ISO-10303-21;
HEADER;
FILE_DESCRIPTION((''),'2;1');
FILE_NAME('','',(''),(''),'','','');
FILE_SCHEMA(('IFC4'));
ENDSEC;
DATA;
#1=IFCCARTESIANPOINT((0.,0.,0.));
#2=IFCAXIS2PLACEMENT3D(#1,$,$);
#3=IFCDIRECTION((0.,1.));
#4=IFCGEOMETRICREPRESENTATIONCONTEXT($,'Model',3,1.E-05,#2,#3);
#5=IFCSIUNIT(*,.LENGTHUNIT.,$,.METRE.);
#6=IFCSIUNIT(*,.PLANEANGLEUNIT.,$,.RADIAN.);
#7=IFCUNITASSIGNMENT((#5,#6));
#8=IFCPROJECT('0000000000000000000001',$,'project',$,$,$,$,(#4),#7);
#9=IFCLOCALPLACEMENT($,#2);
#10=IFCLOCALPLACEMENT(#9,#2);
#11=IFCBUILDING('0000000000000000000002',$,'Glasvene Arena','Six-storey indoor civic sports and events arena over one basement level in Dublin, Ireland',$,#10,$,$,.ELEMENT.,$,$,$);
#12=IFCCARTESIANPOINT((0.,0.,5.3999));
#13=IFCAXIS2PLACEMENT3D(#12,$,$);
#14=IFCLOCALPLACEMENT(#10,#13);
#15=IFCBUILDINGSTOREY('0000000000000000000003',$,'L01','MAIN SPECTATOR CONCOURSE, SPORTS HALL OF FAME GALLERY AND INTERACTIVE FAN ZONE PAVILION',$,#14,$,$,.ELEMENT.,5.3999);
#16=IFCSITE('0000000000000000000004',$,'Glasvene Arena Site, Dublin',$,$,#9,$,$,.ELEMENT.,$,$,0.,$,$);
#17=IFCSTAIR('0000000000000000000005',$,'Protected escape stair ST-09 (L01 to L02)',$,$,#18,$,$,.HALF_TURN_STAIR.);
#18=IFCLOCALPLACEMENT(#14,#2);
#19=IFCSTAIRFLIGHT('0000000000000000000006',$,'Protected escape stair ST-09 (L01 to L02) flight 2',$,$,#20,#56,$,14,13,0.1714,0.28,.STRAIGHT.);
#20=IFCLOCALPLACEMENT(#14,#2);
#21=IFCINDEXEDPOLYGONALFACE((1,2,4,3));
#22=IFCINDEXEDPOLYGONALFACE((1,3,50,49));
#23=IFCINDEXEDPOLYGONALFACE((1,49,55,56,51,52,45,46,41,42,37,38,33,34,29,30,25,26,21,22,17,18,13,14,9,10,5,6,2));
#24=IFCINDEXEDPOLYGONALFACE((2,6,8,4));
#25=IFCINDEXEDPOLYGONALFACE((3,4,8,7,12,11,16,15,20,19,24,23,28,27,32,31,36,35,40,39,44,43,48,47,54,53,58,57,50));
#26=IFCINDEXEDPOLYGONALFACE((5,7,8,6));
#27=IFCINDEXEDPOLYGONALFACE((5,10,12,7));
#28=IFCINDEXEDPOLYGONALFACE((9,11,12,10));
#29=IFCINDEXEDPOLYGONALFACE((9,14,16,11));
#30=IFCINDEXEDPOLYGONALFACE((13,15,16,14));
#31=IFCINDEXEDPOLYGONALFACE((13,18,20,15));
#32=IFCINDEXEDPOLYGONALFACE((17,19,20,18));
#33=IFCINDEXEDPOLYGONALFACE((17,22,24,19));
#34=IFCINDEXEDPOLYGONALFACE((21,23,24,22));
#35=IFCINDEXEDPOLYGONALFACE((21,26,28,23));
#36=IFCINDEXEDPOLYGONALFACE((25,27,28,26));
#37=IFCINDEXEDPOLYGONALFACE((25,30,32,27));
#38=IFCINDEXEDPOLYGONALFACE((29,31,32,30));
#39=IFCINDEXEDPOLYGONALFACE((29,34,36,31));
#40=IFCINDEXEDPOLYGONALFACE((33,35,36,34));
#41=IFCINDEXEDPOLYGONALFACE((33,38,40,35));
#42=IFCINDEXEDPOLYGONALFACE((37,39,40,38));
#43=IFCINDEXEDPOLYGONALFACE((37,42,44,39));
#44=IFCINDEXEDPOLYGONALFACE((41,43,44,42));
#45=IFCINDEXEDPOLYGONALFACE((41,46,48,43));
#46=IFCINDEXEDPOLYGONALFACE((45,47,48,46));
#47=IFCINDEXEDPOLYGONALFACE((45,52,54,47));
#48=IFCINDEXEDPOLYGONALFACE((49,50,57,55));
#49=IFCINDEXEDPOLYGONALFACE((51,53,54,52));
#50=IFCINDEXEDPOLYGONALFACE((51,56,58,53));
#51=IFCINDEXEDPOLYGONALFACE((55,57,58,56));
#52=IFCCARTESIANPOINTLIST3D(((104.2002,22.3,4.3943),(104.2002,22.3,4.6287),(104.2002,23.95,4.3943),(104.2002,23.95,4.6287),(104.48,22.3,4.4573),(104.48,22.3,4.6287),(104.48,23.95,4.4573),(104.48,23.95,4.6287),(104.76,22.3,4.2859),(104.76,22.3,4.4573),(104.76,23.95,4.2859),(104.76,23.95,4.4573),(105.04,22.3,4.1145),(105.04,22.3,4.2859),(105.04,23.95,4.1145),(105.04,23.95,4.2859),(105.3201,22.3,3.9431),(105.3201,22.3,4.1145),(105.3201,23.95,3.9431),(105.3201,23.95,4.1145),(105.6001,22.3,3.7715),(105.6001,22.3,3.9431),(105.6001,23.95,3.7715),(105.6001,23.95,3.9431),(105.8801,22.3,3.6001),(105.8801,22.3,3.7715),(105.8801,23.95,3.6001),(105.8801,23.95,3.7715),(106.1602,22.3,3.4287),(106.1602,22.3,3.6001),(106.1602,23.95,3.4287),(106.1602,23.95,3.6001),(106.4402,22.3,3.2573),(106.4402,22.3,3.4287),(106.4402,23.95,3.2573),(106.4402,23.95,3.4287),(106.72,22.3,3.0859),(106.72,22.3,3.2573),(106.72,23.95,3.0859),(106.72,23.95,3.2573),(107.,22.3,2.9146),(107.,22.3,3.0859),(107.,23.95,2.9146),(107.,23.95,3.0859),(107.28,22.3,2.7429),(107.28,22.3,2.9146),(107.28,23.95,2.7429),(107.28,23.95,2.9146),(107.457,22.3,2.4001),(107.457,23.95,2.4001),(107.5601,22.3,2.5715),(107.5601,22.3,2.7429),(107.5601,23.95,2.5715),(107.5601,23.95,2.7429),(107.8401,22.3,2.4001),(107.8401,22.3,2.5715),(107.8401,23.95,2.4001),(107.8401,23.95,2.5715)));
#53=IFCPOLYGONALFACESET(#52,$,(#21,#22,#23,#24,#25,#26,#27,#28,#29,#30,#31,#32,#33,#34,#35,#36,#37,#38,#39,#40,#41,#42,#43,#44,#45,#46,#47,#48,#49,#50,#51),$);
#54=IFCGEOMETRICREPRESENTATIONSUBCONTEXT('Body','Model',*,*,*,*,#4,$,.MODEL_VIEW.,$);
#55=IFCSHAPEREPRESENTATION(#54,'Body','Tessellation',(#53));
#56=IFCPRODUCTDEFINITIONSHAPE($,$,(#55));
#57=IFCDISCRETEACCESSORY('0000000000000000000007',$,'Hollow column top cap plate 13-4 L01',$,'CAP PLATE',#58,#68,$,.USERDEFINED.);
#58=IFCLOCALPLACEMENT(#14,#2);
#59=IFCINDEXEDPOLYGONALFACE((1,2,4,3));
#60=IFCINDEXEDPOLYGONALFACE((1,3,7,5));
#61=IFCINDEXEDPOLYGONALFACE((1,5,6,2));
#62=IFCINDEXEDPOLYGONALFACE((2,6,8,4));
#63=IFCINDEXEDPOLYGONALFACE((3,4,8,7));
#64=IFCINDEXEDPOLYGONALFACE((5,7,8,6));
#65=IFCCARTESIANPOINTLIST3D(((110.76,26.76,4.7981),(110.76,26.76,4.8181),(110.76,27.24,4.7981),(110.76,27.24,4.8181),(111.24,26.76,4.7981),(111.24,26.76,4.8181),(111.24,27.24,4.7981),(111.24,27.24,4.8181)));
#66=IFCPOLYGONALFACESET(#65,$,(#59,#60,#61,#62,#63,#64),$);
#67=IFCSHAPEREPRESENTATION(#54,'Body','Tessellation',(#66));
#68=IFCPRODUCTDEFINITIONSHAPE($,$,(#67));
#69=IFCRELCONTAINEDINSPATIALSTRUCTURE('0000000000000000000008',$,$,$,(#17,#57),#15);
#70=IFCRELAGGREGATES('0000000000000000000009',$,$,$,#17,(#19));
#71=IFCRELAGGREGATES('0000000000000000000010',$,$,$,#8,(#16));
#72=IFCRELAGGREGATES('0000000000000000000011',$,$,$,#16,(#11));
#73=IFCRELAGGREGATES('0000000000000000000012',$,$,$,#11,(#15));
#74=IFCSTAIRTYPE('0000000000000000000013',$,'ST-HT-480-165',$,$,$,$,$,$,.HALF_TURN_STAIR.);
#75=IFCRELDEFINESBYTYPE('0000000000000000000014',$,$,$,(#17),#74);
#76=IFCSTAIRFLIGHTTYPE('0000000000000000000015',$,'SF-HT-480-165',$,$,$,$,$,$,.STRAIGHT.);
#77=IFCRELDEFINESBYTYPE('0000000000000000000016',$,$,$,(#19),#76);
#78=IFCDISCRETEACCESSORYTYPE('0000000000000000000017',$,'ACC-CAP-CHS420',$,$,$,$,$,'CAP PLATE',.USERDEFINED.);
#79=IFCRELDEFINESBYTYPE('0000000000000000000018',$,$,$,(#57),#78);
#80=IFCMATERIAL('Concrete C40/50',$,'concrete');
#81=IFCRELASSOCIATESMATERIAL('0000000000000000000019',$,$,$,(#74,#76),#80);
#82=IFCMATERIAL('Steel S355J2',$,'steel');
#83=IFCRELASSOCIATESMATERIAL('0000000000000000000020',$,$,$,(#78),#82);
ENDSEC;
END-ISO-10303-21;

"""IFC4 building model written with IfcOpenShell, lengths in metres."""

from ifc_helpers import new_model, si_unit, direction, frame, origin, origin_2d, place, context, subcontext, project, spatial, polyline, rectangle, outline, extrude, material, type_object, element, aggregate, save


model = new_model("IFC4")

# Units and contexts
model_context = context("Model", 3, precision=1e-05, world=origin(), true_north=direction((0.0, 1.0)))
body_context = subcontext(model_context, "Body", "Model", "MODEL_VIEW")
ifc_project = project(units=[si_unit("LENGTHUNIT", "METRE"), si_unit("PLANEANGLEUNIT", "RADIAN")], contexts=[model_context])

# Site, building, storey
site_placement = place(None, origin())
site = spatial("IfcSite", under=ifc_project, at=site_placement, Name="Glasvene Arena Site, Dublin", CompositionType="ELEMENT", RefElevation=0.0)
building_placement = place(site_placement, origin())
building = spatial("IfcBuilding", under=site, at=building_placement, Name="Glasvene Arena", Description="Six-storey indoor civic sports and events arena over one basement level in Dublin, Ireland", CompositionType="ELEMENT")
storey_placement = place(building_placement, frame((0.0, 0.0, 5.3999)))
storey = spatial("IfcBuildingStorey", under=building, at=storey_placement, Name="L01", Description="MAIN SPECTATOR CONCOURSE, SPORTS HALL OF FAME GALLERY AND INTERACTIVE FAN ZONE PAVILION", CompositionType="ELEMENT", Elevation=5.3999)

# Shared definitions
ifc_material_1 = material(Name="Steel S355J2", Category="steel")

# Shared definitions
ifc_material_2 = material(Name="Concrete C40/50", Category="concrete")

# Stair
stair_type = type_object("IfcStairType", Name="ST-HT-480-165", PredefinedType="HALF_TURN_STAIR", material=ifc_material_2)
stair_placement = place(storey_placement, origin())
stair = element("IfcStair", 1, at=stair_placement, inside=storey, type_object=stair_type, Name="Protected escape stair ST-09 (L01 to L02)", PredefinedType="HALF_TURN_STAIR")

# Stair flight
stair_flight_type = type_object("IfcStairFlightType", Name="SF-HT-480-165", PredefinedType="STRAIGHT", material=ifc_material_2)
stair_flight_placement = place(storey_placement, frame((107.8401, 23.125, 2.4001), z_axis=(0.0, 0.0, 1.0), x_axis=(-1.0, 0.0, 0.0)))
stair_flight = element("IfcStairFlight", 2, at=stair_flight_placement, type_object=stair_flight_type, Name="Protected escape stair ST-09 (L01 to L02) flight 2", NumberOfRisers=14, NumberOfTreads=13, PredefinedType="STRAIGHT", RiserHeight=0.1714, TreadLength=0.28, context=body_context, shape_type="SweptSolid", body=[
    extrude(outline(polyline([(0.0, 0.0), (0.0, 0.1714), (0.28, 0.1714), (0.28, 0.3428), (0.5601, 0.3428), (0.5601, 0.5144), (0.8401, 0.5144), (0.8401, 0.6858), (1.1201, 0.6858), (1.1201, 0.8572), (1.3999, 0.8572), (1.3999, 1.0286), (1.6799, 1.0286), (1.6799, 1.2), (1.96, 1.2), (1.96, 1.3713), (2.24, 1.3713), (2.24, 1.543), (2.52, 1.543), (2.52, 1.7144), (2.8, 1.7144), (2.8, 1.8857), (3.0801, 1.8857), (3.0801, 2.0571), (3.3601, 2.0571), (3.3601, 2.2285), (3.6399, 2.2285), (3.6399, 2.3999), (3.6399, 1.9941), (0.3831, 0.0), (0.0, 0.0)])), frame((0.0, 0.825, 0.0), z_axis=(0.0, -1.0, 0.0), x_axis=(1.0, 0.0, 0.0)), (0.0, 0.0, 1.0), 1.6499),
])
aggregate(stair, [stair_flight])

# Discrete accessory
discrete_accessory_type = type_object("IfcDiscreteAccessoryType", Name="ACC-CAP-CHS420", ElementType="CAP PLATE", PredefinedType="USERDEFINED", material=ifc_material_1)
discrete_accessory_placement = place(storey_placement, frame((111.0, 27.0, 4.7981), z_axis=(0.0, 0.0, 1.0), x_axis=(1.0, 0.0, 0.0)))
element("IfcDiscreteAccessory", 3, at=discrete_accessory_placement, inside=storey, type_object=discrete_accessory_type, Name="Hollow column top cap plate 13-4 L01", ObjectType="CAP PLATE", PredefinedType="USERDEFINED", context=body_context, shape_type="SweptSolid", body=[
    extrude(rectangle(XDim=0.48, YDim=0.48, at=origin_2d()), origin(), (0.0, 0.0, 1.0), 0.02),
])

save(model, "model.ifc")
